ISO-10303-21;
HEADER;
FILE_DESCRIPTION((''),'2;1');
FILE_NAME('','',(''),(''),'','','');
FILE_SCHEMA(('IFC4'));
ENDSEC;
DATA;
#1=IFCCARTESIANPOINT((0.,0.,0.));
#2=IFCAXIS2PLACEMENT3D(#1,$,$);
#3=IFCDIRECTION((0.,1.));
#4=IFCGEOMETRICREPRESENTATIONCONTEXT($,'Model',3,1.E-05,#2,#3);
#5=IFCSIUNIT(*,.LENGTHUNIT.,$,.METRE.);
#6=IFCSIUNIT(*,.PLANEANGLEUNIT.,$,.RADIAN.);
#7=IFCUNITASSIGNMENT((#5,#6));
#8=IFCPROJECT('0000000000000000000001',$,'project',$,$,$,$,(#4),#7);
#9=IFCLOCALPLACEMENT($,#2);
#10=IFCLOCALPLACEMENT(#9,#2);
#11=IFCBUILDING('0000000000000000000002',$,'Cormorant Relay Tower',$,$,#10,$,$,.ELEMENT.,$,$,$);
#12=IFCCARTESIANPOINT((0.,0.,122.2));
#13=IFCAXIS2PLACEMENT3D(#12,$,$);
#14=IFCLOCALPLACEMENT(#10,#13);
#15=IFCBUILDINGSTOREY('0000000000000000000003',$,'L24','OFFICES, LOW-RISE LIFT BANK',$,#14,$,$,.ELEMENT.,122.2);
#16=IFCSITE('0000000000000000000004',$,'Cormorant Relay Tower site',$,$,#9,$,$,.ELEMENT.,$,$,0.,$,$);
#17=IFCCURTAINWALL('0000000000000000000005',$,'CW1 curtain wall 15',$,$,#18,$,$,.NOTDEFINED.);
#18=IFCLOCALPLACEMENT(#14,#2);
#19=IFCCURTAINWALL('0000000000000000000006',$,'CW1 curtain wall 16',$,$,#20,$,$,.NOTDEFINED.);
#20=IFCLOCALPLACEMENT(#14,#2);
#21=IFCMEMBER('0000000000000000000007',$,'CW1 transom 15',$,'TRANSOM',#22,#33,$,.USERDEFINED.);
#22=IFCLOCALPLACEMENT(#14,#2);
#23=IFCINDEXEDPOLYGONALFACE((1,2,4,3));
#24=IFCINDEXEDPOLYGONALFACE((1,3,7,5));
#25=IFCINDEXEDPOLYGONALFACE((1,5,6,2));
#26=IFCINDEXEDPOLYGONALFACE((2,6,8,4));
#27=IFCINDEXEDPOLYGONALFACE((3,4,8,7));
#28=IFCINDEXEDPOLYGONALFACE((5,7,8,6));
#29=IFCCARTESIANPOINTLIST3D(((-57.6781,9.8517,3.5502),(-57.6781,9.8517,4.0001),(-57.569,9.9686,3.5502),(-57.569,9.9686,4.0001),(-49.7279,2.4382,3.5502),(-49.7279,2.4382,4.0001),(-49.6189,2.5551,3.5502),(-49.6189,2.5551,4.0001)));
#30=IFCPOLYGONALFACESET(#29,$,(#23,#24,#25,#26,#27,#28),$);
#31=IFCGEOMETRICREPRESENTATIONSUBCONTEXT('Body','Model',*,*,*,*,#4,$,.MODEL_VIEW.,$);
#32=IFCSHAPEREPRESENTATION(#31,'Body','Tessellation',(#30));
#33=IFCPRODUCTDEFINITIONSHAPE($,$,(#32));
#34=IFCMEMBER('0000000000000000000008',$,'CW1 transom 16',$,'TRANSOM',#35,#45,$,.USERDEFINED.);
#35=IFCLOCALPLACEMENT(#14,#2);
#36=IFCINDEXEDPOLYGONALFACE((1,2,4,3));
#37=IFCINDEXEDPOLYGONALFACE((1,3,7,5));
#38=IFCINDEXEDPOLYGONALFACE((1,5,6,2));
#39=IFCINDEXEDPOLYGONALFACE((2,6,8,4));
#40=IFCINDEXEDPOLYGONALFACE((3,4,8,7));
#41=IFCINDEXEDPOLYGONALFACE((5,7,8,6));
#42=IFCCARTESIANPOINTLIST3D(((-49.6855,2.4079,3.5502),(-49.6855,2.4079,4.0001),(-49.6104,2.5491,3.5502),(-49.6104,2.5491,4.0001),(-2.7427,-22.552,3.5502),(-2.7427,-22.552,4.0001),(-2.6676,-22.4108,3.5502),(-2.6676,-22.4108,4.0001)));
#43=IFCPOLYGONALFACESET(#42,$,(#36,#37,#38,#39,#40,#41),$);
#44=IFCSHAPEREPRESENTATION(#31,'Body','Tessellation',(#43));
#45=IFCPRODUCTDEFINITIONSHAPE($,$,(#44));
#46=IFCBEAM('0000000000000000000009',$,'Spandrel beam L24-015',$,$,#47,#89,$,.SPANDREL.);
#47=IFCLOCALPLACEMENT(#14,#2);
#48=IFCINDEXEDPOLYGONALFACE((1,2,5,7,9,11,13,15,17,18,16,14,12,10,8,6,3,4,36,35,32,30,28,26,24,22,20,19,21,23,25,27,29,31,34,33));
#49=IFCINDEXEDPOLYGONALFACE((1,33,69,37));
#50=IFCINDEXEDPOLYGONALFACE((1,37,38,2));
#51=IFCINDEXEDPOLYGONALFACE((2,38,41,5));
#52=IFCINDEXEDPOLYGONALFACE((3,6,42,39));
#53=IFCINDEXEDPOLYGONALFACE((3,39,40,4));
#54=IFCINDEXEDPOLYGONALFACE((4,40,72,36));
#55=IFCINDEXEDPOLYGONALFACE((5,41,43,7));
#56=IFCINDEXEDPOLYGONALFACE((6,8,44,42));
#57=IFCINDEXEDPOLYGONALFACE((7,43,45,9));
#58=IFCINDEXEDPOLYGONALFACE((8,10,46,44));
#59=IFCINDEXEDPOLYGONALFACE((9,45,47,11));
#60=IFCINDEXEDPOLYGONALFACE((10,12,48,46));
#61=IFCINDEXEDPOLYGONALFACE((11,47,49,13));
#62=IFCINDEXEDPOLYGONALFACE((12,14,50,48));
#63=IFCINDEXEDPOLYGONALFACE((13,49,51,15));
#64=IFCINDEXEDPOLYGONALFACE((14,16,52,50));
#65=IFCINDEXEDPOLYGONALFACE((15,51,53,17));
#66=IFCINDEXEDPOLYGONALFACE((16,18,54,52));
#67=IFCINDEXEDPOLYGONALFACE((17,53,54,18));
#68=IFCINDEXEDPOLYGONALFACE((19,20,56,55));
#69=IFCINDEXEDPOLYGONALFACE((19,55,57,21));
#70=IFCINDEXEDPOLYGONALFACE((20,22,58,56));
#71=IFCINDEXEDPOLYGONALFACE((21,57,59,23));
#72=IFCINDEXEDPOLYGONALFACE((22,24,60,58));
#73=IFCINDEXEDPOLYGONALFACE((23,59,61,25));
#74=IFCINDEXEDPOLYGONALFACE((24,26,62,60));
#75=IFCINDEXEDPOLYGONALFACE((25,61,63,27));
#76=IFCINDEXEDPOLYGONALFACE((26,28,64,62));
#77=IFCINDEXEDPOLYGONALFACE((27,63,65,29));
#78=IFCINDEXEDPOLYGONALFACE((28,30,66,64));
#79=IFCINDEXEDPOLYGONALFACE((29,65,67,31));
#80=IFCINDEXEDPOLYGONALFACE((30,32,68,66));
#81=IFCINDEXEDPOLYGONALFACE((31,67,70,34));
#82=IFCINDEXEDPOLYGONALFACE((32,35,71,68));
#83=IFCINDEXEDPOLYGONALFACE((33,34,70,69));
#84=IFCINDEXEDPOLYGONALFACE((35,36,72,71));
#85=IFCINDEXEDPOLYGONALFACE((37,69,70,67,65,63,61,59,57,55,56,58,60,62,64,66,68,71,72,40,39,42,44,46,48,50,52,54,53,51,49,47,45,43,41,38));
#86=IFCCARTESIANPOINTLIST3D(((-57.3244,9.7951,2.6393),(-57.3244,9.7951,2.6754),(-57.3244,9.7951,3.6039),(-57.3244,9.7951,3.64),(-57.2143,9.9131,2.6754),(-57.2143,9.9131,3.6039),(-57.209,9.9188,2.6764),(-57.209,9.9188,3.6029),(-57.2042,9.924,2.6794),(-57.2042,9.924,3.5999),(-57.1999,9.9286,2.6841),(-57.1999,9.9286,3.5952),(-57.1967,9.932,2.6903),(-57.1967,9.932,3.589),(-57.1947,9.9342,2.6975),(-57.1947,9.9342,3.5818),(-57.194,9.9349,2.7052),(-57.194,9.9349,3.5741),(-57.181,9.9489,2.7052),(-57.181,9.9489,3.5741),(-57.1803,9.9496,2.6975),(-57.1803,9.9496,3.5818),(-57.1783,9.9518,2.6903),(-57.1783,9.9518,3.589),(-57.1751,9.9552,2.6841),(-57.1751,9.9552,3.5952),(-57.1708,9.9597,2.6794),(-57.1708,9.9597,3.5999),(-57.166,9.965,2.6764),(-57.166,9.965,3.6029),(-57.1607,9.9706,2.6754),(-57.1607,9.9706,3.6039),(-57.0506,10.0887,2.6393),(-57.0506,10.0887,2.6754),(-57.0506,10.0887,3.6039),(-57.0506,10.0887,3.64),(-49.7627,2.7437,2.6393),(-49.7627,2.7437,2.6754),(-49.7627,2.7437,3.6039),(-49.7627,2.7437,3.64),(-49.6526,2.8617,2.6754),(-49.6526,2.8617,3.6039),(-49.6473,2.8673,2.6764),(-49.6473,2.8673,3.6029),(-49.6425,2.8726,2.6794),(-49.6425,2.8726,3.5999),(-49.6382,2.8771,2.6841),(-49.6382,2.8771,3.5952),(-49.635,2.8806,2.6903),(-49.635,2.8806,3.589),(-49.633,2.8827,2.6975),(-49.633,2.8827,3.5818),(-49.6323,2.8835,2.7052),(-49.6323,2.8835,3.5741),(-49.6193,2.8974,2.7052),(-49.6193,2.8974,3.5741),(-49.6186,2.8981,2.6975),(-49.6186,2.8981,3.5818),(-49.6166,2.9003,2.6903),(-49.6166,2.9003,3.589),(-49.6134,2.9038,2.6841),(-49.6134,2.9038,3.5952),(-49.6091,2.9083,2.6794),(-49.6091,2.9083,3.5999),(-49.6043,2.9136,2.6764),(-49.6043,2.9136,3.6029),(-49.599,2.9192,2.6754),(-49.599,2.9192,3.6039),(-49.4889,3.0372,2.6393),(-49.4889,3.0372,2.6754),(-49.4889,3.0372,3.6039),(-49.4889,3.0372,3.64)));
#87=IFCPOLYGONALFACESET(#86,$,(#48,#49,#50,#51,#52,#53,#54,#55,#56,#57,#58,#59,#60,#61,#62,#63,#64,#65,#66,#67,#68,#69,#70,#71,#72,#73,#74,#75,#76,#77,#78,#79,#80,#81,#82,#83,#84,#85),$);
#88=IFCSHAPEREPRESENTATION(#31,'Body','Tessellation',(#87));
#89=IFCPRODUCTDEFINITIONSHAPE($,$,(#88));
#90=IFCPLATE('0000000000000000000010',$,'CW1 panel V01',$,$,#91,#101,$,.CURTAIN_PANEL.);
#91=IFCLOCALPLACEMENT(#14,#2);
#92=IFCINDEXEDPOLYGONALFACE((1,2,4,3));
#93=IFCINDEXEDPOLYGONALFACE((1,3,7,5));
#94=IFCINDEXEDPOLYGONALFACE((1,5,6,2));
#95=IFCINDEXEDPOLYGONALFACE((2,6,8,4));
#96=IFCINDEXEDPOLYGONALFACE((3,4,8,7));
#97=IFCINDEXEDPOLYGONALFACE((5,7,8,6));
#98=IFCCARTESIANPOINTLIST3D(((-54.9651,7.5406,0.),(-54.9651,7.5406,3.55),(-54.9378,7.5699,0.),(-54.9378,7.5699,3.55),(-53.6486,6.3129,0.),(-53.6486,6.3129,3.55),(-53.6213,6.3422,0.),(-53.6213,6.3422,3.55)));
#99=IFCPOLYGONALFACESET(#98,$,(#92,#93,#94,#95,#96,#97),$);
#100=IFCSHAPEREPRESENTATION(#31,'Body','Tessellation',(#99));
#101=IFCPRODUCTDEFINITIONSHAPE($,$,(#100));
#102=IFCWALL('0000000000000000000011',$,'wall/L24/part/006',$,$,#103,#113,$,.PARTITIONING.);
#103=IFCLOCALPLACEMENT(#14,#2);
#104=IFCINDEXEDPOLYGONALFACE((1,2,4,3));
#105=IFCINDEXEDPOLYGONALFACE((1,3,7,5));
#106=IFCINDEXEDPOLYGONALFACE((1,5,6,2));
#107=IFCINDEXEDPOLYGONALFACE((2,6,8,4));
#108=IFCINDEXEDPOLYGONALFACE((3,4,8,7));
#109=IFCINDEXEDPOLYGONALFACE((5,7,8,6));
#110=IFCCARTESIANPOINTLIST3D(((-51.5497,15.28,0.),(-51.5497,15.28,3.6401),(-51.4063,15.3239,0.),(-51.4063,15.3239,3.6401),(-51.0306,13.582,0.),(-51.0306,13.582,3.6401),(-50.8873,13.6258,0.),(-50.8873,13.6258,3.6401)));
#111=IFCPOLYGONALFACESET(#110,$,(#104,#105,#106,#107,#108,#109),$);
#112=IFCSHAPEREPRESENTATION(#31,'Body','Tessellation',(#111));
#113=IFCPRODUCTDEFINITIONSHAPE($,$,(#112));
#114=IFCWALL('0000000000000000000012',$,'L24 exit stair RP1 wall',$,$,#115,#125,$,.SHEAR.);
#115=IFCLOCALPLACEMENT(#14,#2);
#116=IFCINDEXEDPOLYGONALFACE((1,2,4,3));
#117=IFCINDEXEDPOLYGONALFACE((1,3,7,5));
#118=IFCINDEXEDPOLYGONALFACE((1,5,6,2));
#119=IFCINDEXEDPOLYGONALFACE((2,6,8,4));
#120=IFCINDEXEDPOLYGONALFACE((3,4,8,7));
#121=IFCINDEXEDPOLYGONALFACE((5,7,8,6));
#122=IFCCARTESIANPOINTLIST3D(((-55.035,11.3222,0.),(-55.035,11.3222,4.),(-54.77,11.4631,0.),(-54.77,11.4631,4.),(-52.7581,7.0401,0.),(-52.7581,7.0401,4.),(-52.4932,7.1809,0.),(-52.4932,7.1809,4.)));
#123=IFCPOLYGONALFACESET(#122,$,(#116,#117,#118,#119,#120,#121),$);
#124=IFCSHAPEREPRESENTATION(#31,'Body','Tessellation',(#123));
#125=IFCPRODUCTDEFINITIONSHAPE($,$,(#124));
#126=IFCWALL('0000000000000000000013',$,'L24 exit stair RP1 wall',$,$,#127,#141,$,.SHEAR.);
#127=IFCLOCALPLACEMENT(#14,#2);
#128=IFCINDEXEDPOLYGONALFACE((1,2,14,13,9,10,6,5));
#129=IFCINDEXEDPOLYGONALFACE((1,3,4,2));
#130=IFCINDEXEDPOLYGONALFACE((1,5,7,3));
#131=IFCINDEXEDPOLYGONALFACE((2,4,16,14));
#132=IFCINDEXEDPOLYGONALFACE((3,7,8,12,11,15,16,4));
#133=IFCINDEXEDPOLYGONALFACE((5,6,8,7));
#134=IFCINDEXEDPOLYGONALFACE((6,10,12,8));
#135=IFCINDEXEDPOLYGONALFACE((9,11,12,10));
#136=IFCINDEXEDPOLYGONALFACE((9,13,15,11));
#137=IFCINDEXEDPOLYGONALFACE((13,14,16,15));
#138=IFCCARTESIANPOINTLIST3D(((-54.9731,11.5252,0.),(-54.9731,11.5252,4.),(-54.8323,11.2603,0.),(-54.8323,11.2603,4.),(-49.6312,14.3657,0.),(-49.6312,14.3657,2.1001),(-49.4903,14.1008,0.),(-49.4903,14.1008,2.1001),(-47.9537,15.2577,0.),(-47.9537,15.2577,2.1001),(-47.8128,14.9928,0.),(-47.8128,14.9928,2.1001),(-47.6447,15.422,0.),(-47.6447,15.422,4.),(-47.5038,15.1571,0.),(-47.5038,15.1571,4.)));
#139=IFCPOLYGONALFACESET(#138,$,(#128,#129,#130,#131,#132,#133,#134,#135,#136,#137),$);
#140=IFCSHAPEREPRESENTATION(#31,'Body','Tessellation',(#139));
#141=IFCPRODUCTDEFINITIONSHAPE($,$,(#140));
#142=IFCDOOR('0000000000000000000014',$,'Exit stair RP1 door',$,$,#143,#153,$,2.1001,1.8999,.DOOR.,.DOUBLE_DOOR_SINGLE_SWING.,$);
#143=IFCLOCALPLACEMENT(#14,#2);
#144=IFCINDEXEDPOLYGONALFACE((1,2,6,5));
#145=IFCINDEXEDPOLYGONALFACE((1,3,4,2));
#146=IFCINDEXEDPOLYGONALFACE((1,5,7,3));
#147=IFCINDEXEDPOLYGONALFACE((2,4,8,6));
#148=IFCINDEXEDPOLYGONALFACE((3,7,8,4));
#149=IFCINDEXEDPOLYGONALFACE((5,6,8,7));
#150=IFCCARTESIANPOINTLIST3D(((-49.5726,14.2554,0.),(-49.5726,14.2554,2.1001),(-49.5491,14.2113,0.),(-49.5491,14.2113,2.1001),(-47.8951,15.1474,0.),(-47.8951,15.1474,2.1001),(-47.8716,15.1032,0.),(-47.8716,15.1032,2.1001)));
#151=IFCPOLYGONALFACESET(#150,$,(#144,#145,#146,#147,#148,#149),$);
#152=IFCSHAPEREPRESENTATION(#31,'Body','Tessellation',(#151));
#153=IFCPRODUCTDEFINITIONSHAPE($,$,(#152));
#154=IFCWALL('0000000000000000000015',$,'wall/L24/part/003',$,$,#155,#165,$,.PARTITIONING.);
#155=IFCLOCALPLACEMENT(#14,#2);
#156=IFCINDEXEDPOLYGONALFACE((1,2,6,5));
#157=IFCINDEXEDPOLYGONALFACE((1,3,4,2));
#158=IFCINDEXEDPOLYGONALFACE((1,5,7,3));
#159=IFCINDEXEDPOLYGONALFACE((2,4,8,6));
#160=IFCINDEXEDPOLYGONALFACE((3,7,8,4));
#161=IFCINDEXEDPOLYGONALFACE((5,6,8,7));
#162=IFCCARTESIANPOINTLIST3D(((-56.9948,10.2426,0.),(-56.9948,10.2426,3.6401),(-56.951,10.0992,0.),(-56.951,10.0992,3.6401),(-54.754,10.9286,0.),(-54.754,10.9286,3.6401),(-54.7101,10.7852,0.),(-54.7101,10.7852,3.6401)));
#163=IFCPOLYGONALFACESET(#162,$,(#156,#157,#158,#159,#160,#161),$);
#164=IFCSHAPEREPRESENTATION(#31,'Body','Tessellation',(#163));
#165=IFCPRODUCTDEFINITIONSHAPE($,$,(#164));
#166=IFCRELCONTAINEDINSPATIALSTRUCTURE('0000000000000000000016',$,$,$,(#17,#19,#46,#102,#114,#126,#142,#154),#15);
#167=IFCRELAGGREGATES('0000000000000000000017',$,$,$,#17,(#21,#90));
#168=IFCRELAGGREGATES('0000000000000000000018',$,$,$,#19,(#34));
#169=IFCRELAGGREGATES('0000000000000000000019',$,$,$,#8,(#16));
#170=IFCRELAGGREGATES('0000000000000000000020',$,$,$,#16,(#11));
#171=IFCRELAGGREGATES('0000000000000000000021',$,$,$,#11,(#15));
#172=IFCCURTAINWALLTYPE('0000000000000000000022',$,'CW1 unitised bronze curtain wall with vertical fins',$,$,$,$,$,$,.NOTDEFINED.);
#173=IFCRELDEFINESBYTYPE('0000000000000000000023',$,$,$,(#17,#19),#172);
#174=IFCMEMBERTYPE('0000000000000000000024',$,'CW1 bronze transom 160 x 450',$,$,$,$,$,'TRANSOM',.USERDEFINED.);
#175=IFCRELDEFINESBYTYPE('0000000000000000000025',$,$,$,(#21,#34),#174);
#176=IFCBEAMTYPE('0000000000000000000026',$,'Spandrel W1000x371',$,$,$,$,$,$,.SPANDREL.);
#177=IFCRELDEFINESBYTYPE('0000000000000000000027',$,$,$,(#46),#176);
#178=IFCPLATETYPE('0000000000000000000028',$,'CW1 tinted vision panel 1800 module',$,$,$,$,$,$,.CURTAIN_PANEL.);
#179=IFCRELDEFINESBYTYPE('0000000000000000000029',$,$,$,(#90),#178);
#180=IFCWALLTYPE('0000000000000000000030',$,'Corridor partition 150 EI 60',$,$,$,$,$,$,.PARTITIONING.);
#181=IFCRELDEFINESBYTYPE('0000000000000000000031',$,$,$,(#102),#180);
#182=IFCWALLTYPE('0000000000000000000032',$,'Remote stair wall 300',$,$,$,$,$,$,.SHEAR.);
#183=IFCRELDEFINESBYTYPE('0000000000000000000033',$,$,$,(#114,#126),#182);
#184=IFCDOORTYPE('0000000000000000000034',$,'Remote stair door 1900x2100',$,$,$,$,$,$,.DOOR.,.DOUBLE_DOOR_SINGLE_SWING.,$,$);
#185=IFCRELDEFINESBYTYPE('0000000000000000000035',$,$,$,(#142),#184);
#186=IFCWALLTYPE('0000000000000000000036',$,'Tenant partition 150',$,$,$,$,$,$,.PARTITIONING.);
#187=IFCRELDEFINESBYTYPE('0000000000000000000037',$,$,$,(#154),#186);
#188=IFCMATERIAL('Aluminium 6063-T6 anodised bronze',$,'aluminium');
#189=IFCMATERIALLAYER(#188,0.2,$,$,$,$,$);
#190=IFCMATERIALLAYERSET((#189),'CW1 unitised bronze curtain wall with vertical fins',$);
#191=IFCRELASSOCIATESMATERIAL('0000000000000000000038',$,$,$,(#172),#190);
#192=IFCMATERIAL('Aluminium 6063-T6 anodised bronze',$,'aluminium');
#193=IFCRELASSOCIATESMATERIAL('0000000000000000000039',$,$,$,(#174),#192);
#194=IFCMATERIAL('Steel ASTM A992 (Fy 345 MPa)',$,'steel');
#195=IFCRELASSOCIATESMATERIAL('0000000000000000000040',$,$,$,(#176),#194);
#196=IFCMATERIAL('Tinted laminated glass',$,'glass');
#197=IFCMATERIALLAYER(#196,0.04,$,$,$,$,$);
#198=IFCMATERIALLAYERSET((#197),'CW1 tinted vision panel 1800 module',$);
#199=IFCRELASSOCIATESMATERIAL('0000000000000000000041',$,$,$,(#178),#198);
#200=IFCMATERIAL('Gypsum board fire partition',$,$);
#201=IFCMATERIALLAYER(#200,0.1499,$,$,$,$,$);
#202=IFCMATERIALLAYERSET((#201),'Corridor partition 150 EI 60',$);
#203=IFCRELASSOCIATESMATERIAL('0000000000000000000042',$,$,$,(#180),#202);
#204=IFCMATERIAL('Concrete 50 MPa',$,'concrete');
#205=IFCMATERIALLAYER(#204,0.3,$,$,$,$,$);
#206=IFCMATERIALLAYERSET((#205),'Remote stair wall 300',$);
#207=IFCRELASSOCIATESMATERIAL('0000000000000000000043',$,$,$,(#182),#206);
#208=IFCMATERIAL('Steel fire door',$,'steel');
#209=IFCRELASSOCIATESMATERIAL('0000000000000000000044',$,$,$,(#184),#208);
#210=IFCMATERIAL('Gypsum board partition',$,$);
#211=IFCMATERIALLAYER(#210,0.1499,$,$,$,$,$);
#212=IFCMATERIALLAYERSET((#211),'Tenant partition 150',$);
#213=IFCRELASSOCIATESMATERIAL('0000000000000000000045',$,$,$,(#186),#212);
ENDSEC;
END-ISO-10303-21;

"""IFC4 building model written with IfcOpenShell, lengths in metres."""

from ifc_helpers import new_model, si_unit, direction, frame, frame_2d, origin, origin_2d, place, context, subcontext, project, spatial, rectangle, i_section, extrude, material, layer, layer_set, material_profile, profile_set, type_object, element, fill, aggregate, save


model = new_model("IFC4")

# Units and contexts
model_context = context("Model", 3, precision=1e-05, world=origin(), true_north=direction((0.0, 1.0)))
body_context = subcontext(model_context, "Body", "Model", "MODEL_VIEW")
ifc_project = project(units=[si_unit("LENGTHUNIT", "METRE"), si_unit("PLANEANGLEUNIT", "RADIAN")], contexts=[model_context])

# Site, building, storey
site_placement = place(None, origin())
site = spatial("IfcSite", under=ifc_project, at=site_placement, Name="Cormorant Relay Tower site", CompositionType="ELEMENT", RefElevation=0.0)
building_placement = place(site_placement, origin())
building = spatial("IfcBuilding", under=site, at=building_placement, Name="Cormorant Relay Tower", CompositionType="ELEMENT")
storey_placement = place(building_placement, frame((0.0, 0.0, 122.2)))
storey = spatial("IfcBuildingStorey", under=building, at=storey_placement, Name="L24", Description="OFFICES, LOW-RISE LIFT BANK", CompositionType="ELEMENT", Elevation=122.2)

# Curtain wall
ifc_material_1 = material(Name="Aluminium 6063-T6 anodised bronze", Category="aluminium")
ifc_layer_1 = layer(ifc_material_1, 0.2)
ifc_layer_set_1 = layer_set([ifc_layer_1], Name="CW1 unitised bronze curtain wall with vertical fins")
curtain_wall_type = type_object("IfcCurtainWallType", Name="CW1 unitised bronze curtain wall with vertical fins", PredefinedType="NOTDEFINED", material=ifc_layer_set_1)
curtain_wall_1_placement = place(storey_placement, origin())
curtain_wall_1 = element("IfcCurtainWall", 1, at=curtain_wall_1_placement, inside=storey, type_object=curtain_wall_type, Name="CW1 curtain wall 15", PredefinedType="NOTDEFINED")

# Curtain wall
curtain_wall_2_placement = place(storey_placement, origin())
curtain_wall_2 = element("IfcCurtainWall", 2, at=curtain_wall_2_placement, inside=storey, type_object=curtain_wall_type, Name="CW1 curtain wall 16", PredefinedType="NOTDEFINED")

# Members
ifc_material_2 = material(Name="Aluminium 6063-T6 anodised bronze", Category="aluminium")
ifc_material_profile_1 = material_profile(ifc_material_2, rectangle(XDim=0.1599, YDim=0.45, at=origin_2d()), Name="AL 160x450")
ifc_profile_set_1 = profile_set([ifc_material_profile_1], Name="Aluminium 6063-T6 anodised bronze")
member_type_1 = type_object("IfcMemberType", Name="CW1 bronze transom 160 x 450", ElementType="TRANSOM", PredefinedType="USERDEFINED", material=ifc_profile_set_1)
member_1_placement = place(storey_placement, frame((-57.6235, 9.9102, 3.7751), z_axis=(0.731358, -0.681993, 0.0), x_axis=(0.681993, 0.731358, 0.0)))
member_1 = element("IfcMember", 3, at=member_1_placement, type_object=member_type_1, Name="CW1 transom 15", ObjectType="TRANSOM", PredefinedType="USERDEFINED", context=body_context, shape_type="SweptSolid", body=[
    extrude(rectangle(XDim=0.1599, YDim=0.45, at=origin_2d()), origin(), (0.0, 0.0, 1.0), 10.8704),
])
member_2_placement = place(storey_placement, frame((-49.6479, 2.4785, 3.7751), z_axis=(0.882948, -0.469471, 0.0), x_axis=(0.469471, 0.882948, 0.0)))
member_2 = element("IfcMember", 4, at=member_2_placement, type_object=member_type_1, Name="CW1 transom 16", ObjectType="TRANSOM", PredefinedType="USERDEFINED", context=body_context, shape_type="SweptSolid", body=[
    extrude(rectangle(XDim=0.1599, YDim=0.45, at=origin_2d()), origin(), (0.0, 0.0, 1.0), 53.166),
])

# Beam
ifc_material_3 = material(Name="Steel ASTM A992 (Fy 345 MPa)", Category="steel")
ifc_material_profile_2 = material_profile(ifc_material_3, i_section(OverallWidth=0.4014, OverallDepth=1.0007, WebThickness=0.019, FlangeThickness=0.0361, FilletRadius=0.0298, at=origin_2d()), Name="W1000x371")
ifc_profile_set_2 = profile_set([ifc_material_profile_2], Name="Steel ASTM A992 (Fy 345 MPa)")
beam_type = type_object("IfcBeamType", Name="Spandrel W1000x371", PredefinedType="SPANDREL", material=ifc_profile_set_2)
beam_placement = place(storey_placement, frame((-57.1875, 9.9419, 3.1396), z_axis=(0.731351, -0.682001, 0.0), x_axis=(0.682001, 0.731351, 0.0)))
element("IfcBeam", 5, at=beam_placement, inside=storey, type_object=beam_type, Name="Spandrel beam L24-015", PredefinedType="SPANDREL", context=body_context, shape_type="SweptSolid", body=[
    extrude(i_section(OverallWidth=0.4014, OverallDepth=1.0007, WebThickness=0.019, FlangeThickness=0.0361, FilletRadius=0.0298, at=origin_2d()), origin(), (0.0, 0.0, 1.0), 10.3394),
])

# Plate
ifc_material_4 = material(Name="Tinted laminated glass", Category="glass")
ifc_layer_2 = layer(ifc_material_4, 0.04)
ifc_layer_set_2 = layer_set([ifc_layer_2], Name="CW1 tinted vision panel 1800 module")
plate_type = type_object("IfcPlateType", Name="CW1 tinted vision panel 1800 module", PredefinedType="CURTAIN_PANEL", material=ifc_layer_set_2)
plate_placement = place(storey_placement, frame((-54.2932, 6.9414, 0.0), z_axis=(0.0, 0.0, 1.0), x_axis=(0.731354, -0.681998, 0.0)))
plate = element("IfcPlate", 6, at=plate_placement, type_object=plate_type, Name="CW1 panel V01", PredefinedType="CURTAIN_PANEL", context=body_context, shape_type="SweptSolid", body=[
    extrude(rectangle(XDim=1.8, YDim=0.04, at=origin_2d()), origin(), (0.0, 0.0, 1.0), 3.55),
])

# Walls
ifc_material_5 = material(Name="Gypsum board fire partition")
ifc_layer_3 = layer(ifc_material_5, 0.1499)
ifc_layer_set_3 = layer_set([ifc_layer_3], Name="Corridor partition 150 EI 60")
wall_type_1 = type_object("IfcWallType", Name="Corridor partition 150 EI 60", PredefinedType="PARTITIONING", material=ifc_layer_set_3)
wall_1_placement = place(storey_placement, frame((-50.959, 13.604, 0.0), z_axis=(0.0, 0.0, 1.0), x_axis=(-0.292327, 0.956318, 0.0)))
element("IfcWall", 7, at=wall_1_placement, inside=storey, type_object=wall_type_1, Name="wall/L24/part/006", PredefinedType="PARTITIONING", context=body_context, shape_type="SweptSolid", body=[
    extrude(rectangle(XDim=1.7756, YDim=0.1499, at=frame_2d((0.8877, 0.0))), origin(), (0.0, 0.0, 1.0), 3.6401),
])
ifc_material_6 = material(Name="Concrete 50 MPa", Category="concrete")
ifc_layer_4 = layer(ifc_material_6, 0.3)
ifc_layer_set_4 = layer_set([ifc_layer_4], Name="Remote stair wall 300")
wall_type_2 = type_object("IfcWallType", Name="Remote stair wall 300", PredefinedType="SHEAR", material=ifc_layer_set_4)
wall_2_placement = place(storey_placement, frame((-52.6257, 7.1106, 0.0), z_axis=(0.0, 0.0, 1.0), x_axis=(-0.469464, 0.882951, 0.0)))
element("IfcWall", 8, at=wall_2_placement, inside=storey, type_object=wall_type_2, Name="L24 exit stair RP1 wall", PredefinedType="SHEAR", context=body_context, shape_type="SweptSolid", body=[
    extrude(rectangle(XDim=4.8499, YDim=0.3, at=frame_2d((2.4248, 0.0))), origin(), (0.0, 0.0, 1.0), 4.0),
])

# Wall, opening, door
wall_3_placement = place(storey_placement, frame((-54.9026, 11.3928, 0.0), z_axis=(0.0, 0.0, 1.0), x_axis=(0.882939, 0.469487, 0.0)))
wall_3 = element("IfcWall", 9, at=wall_3_placement, inside=storey, type_object=wall_type_2, Name="L24 exit stair RP1 wall", PredefinedType="SHEAR", context=body_context, shape_type="SweptSolid", body=[
    extrude(rectangle(XDim=8.3, YDim=0.3, at=frame_2d((4.1499, 0.0))), origin(), (0.0, 0.0, 1.0), 4.0),
])
opening_placement = place(wall_3_placement, frame((6.05, 0.0, 0.0)))
opening = element("IfcOpeningElement", 10, at=opening_placement, cuts=wall_3, PredefinedType="OPENING", context=body_context, shape_type="SweptSolid", body=[
    extrude(rectangle(XDim=1.8999, YDim=2.1001, at=frame_2d((0.95, 1.05))), frame((0.0, 0.1599, 0.0), z_axis=(0.0, -1.0, 0.0), x_axis=(1.0, 0.0, 0.0)), (0.0, 0.0, 1.0), 0.3201),
])
ifc_material_7 = material(Name="Steel fire door", Category="steel")
door_type = type_object("IfcDoorType", Name="Remote stair door 1900x2100", OperationType="DOUBLE_DOOR_SINGLE_SWING", PredefinedType="DOOR", material=ifc_material_7)
door_placement = place(opening_placement, frame((1.8999, 0.0, 0.0), z_axis=(0.0, 0.0, 1.0), x_axis=(-1.0, 0.0, 0.0)))
door = element("IfcDoor", 11, at=door_placement, inside=storey, type_object=door_type, Name="Exit stair RP1 door", OperationType="DOUBLE_DOOR_SINGLE_SWING", OverallHeight=2.1001, OverallWidth=1.8999, PredefinedType="DOOR", context=body_context, shape_type="SweptSolid", body=[
    extrude(rectangle(XDim=1.8999, YDim=2.1001, at=frame_2d((0.95, 1.05))), frame((0.0, 0.0249, 0.0), z_axis=(0.0, -1.0, 0.0), x_axis=(1.0, 0.0, 0.0)), (0.0, 0.0, 1.0), 0.05),
])
fill(opening, door)

# Wall
ifc_material_8 = material(Name="Gypsum board partition")
ifc_layer_5 = layer(ifc_material_8, 0.1499)
ifc_layer_set_5 = layer_set([ifc_layer_5], Name="Tenant partition 150")
wall_type_3 = type_object("IfcWallType", Name="Tenant partition 150", PredefinedType="PARTITIONING", material=ifc_layer_set_5)
wall_4_placement = place(storey_placement, frame((-54.7319, 10.8569, 0.0), z_axis=(0.0, 0.0, 1.0), x_axis=(-0.956197, -0.292724, 0.0)))
element("IfcWall", 12, at=wall_4_placement, inside=storey, type_object=wall_type_3, Name="wall/L24/part/003", PredefinedType="PARTITIONING", context=body_context, shape_type="SweptSolid", body=[
    extrude(rectangle(XDim=2.3435, YDim=0.1499, at=frame_2d((1.1719, 0.0))), origin(), (0.0, 0.0, 1.0), 3.6401),
])

aggregate(curtain_wall_1, [member_1, plate])
aggregate(curtain_wall_2, [member_2])

save(model, "model.ifc")
